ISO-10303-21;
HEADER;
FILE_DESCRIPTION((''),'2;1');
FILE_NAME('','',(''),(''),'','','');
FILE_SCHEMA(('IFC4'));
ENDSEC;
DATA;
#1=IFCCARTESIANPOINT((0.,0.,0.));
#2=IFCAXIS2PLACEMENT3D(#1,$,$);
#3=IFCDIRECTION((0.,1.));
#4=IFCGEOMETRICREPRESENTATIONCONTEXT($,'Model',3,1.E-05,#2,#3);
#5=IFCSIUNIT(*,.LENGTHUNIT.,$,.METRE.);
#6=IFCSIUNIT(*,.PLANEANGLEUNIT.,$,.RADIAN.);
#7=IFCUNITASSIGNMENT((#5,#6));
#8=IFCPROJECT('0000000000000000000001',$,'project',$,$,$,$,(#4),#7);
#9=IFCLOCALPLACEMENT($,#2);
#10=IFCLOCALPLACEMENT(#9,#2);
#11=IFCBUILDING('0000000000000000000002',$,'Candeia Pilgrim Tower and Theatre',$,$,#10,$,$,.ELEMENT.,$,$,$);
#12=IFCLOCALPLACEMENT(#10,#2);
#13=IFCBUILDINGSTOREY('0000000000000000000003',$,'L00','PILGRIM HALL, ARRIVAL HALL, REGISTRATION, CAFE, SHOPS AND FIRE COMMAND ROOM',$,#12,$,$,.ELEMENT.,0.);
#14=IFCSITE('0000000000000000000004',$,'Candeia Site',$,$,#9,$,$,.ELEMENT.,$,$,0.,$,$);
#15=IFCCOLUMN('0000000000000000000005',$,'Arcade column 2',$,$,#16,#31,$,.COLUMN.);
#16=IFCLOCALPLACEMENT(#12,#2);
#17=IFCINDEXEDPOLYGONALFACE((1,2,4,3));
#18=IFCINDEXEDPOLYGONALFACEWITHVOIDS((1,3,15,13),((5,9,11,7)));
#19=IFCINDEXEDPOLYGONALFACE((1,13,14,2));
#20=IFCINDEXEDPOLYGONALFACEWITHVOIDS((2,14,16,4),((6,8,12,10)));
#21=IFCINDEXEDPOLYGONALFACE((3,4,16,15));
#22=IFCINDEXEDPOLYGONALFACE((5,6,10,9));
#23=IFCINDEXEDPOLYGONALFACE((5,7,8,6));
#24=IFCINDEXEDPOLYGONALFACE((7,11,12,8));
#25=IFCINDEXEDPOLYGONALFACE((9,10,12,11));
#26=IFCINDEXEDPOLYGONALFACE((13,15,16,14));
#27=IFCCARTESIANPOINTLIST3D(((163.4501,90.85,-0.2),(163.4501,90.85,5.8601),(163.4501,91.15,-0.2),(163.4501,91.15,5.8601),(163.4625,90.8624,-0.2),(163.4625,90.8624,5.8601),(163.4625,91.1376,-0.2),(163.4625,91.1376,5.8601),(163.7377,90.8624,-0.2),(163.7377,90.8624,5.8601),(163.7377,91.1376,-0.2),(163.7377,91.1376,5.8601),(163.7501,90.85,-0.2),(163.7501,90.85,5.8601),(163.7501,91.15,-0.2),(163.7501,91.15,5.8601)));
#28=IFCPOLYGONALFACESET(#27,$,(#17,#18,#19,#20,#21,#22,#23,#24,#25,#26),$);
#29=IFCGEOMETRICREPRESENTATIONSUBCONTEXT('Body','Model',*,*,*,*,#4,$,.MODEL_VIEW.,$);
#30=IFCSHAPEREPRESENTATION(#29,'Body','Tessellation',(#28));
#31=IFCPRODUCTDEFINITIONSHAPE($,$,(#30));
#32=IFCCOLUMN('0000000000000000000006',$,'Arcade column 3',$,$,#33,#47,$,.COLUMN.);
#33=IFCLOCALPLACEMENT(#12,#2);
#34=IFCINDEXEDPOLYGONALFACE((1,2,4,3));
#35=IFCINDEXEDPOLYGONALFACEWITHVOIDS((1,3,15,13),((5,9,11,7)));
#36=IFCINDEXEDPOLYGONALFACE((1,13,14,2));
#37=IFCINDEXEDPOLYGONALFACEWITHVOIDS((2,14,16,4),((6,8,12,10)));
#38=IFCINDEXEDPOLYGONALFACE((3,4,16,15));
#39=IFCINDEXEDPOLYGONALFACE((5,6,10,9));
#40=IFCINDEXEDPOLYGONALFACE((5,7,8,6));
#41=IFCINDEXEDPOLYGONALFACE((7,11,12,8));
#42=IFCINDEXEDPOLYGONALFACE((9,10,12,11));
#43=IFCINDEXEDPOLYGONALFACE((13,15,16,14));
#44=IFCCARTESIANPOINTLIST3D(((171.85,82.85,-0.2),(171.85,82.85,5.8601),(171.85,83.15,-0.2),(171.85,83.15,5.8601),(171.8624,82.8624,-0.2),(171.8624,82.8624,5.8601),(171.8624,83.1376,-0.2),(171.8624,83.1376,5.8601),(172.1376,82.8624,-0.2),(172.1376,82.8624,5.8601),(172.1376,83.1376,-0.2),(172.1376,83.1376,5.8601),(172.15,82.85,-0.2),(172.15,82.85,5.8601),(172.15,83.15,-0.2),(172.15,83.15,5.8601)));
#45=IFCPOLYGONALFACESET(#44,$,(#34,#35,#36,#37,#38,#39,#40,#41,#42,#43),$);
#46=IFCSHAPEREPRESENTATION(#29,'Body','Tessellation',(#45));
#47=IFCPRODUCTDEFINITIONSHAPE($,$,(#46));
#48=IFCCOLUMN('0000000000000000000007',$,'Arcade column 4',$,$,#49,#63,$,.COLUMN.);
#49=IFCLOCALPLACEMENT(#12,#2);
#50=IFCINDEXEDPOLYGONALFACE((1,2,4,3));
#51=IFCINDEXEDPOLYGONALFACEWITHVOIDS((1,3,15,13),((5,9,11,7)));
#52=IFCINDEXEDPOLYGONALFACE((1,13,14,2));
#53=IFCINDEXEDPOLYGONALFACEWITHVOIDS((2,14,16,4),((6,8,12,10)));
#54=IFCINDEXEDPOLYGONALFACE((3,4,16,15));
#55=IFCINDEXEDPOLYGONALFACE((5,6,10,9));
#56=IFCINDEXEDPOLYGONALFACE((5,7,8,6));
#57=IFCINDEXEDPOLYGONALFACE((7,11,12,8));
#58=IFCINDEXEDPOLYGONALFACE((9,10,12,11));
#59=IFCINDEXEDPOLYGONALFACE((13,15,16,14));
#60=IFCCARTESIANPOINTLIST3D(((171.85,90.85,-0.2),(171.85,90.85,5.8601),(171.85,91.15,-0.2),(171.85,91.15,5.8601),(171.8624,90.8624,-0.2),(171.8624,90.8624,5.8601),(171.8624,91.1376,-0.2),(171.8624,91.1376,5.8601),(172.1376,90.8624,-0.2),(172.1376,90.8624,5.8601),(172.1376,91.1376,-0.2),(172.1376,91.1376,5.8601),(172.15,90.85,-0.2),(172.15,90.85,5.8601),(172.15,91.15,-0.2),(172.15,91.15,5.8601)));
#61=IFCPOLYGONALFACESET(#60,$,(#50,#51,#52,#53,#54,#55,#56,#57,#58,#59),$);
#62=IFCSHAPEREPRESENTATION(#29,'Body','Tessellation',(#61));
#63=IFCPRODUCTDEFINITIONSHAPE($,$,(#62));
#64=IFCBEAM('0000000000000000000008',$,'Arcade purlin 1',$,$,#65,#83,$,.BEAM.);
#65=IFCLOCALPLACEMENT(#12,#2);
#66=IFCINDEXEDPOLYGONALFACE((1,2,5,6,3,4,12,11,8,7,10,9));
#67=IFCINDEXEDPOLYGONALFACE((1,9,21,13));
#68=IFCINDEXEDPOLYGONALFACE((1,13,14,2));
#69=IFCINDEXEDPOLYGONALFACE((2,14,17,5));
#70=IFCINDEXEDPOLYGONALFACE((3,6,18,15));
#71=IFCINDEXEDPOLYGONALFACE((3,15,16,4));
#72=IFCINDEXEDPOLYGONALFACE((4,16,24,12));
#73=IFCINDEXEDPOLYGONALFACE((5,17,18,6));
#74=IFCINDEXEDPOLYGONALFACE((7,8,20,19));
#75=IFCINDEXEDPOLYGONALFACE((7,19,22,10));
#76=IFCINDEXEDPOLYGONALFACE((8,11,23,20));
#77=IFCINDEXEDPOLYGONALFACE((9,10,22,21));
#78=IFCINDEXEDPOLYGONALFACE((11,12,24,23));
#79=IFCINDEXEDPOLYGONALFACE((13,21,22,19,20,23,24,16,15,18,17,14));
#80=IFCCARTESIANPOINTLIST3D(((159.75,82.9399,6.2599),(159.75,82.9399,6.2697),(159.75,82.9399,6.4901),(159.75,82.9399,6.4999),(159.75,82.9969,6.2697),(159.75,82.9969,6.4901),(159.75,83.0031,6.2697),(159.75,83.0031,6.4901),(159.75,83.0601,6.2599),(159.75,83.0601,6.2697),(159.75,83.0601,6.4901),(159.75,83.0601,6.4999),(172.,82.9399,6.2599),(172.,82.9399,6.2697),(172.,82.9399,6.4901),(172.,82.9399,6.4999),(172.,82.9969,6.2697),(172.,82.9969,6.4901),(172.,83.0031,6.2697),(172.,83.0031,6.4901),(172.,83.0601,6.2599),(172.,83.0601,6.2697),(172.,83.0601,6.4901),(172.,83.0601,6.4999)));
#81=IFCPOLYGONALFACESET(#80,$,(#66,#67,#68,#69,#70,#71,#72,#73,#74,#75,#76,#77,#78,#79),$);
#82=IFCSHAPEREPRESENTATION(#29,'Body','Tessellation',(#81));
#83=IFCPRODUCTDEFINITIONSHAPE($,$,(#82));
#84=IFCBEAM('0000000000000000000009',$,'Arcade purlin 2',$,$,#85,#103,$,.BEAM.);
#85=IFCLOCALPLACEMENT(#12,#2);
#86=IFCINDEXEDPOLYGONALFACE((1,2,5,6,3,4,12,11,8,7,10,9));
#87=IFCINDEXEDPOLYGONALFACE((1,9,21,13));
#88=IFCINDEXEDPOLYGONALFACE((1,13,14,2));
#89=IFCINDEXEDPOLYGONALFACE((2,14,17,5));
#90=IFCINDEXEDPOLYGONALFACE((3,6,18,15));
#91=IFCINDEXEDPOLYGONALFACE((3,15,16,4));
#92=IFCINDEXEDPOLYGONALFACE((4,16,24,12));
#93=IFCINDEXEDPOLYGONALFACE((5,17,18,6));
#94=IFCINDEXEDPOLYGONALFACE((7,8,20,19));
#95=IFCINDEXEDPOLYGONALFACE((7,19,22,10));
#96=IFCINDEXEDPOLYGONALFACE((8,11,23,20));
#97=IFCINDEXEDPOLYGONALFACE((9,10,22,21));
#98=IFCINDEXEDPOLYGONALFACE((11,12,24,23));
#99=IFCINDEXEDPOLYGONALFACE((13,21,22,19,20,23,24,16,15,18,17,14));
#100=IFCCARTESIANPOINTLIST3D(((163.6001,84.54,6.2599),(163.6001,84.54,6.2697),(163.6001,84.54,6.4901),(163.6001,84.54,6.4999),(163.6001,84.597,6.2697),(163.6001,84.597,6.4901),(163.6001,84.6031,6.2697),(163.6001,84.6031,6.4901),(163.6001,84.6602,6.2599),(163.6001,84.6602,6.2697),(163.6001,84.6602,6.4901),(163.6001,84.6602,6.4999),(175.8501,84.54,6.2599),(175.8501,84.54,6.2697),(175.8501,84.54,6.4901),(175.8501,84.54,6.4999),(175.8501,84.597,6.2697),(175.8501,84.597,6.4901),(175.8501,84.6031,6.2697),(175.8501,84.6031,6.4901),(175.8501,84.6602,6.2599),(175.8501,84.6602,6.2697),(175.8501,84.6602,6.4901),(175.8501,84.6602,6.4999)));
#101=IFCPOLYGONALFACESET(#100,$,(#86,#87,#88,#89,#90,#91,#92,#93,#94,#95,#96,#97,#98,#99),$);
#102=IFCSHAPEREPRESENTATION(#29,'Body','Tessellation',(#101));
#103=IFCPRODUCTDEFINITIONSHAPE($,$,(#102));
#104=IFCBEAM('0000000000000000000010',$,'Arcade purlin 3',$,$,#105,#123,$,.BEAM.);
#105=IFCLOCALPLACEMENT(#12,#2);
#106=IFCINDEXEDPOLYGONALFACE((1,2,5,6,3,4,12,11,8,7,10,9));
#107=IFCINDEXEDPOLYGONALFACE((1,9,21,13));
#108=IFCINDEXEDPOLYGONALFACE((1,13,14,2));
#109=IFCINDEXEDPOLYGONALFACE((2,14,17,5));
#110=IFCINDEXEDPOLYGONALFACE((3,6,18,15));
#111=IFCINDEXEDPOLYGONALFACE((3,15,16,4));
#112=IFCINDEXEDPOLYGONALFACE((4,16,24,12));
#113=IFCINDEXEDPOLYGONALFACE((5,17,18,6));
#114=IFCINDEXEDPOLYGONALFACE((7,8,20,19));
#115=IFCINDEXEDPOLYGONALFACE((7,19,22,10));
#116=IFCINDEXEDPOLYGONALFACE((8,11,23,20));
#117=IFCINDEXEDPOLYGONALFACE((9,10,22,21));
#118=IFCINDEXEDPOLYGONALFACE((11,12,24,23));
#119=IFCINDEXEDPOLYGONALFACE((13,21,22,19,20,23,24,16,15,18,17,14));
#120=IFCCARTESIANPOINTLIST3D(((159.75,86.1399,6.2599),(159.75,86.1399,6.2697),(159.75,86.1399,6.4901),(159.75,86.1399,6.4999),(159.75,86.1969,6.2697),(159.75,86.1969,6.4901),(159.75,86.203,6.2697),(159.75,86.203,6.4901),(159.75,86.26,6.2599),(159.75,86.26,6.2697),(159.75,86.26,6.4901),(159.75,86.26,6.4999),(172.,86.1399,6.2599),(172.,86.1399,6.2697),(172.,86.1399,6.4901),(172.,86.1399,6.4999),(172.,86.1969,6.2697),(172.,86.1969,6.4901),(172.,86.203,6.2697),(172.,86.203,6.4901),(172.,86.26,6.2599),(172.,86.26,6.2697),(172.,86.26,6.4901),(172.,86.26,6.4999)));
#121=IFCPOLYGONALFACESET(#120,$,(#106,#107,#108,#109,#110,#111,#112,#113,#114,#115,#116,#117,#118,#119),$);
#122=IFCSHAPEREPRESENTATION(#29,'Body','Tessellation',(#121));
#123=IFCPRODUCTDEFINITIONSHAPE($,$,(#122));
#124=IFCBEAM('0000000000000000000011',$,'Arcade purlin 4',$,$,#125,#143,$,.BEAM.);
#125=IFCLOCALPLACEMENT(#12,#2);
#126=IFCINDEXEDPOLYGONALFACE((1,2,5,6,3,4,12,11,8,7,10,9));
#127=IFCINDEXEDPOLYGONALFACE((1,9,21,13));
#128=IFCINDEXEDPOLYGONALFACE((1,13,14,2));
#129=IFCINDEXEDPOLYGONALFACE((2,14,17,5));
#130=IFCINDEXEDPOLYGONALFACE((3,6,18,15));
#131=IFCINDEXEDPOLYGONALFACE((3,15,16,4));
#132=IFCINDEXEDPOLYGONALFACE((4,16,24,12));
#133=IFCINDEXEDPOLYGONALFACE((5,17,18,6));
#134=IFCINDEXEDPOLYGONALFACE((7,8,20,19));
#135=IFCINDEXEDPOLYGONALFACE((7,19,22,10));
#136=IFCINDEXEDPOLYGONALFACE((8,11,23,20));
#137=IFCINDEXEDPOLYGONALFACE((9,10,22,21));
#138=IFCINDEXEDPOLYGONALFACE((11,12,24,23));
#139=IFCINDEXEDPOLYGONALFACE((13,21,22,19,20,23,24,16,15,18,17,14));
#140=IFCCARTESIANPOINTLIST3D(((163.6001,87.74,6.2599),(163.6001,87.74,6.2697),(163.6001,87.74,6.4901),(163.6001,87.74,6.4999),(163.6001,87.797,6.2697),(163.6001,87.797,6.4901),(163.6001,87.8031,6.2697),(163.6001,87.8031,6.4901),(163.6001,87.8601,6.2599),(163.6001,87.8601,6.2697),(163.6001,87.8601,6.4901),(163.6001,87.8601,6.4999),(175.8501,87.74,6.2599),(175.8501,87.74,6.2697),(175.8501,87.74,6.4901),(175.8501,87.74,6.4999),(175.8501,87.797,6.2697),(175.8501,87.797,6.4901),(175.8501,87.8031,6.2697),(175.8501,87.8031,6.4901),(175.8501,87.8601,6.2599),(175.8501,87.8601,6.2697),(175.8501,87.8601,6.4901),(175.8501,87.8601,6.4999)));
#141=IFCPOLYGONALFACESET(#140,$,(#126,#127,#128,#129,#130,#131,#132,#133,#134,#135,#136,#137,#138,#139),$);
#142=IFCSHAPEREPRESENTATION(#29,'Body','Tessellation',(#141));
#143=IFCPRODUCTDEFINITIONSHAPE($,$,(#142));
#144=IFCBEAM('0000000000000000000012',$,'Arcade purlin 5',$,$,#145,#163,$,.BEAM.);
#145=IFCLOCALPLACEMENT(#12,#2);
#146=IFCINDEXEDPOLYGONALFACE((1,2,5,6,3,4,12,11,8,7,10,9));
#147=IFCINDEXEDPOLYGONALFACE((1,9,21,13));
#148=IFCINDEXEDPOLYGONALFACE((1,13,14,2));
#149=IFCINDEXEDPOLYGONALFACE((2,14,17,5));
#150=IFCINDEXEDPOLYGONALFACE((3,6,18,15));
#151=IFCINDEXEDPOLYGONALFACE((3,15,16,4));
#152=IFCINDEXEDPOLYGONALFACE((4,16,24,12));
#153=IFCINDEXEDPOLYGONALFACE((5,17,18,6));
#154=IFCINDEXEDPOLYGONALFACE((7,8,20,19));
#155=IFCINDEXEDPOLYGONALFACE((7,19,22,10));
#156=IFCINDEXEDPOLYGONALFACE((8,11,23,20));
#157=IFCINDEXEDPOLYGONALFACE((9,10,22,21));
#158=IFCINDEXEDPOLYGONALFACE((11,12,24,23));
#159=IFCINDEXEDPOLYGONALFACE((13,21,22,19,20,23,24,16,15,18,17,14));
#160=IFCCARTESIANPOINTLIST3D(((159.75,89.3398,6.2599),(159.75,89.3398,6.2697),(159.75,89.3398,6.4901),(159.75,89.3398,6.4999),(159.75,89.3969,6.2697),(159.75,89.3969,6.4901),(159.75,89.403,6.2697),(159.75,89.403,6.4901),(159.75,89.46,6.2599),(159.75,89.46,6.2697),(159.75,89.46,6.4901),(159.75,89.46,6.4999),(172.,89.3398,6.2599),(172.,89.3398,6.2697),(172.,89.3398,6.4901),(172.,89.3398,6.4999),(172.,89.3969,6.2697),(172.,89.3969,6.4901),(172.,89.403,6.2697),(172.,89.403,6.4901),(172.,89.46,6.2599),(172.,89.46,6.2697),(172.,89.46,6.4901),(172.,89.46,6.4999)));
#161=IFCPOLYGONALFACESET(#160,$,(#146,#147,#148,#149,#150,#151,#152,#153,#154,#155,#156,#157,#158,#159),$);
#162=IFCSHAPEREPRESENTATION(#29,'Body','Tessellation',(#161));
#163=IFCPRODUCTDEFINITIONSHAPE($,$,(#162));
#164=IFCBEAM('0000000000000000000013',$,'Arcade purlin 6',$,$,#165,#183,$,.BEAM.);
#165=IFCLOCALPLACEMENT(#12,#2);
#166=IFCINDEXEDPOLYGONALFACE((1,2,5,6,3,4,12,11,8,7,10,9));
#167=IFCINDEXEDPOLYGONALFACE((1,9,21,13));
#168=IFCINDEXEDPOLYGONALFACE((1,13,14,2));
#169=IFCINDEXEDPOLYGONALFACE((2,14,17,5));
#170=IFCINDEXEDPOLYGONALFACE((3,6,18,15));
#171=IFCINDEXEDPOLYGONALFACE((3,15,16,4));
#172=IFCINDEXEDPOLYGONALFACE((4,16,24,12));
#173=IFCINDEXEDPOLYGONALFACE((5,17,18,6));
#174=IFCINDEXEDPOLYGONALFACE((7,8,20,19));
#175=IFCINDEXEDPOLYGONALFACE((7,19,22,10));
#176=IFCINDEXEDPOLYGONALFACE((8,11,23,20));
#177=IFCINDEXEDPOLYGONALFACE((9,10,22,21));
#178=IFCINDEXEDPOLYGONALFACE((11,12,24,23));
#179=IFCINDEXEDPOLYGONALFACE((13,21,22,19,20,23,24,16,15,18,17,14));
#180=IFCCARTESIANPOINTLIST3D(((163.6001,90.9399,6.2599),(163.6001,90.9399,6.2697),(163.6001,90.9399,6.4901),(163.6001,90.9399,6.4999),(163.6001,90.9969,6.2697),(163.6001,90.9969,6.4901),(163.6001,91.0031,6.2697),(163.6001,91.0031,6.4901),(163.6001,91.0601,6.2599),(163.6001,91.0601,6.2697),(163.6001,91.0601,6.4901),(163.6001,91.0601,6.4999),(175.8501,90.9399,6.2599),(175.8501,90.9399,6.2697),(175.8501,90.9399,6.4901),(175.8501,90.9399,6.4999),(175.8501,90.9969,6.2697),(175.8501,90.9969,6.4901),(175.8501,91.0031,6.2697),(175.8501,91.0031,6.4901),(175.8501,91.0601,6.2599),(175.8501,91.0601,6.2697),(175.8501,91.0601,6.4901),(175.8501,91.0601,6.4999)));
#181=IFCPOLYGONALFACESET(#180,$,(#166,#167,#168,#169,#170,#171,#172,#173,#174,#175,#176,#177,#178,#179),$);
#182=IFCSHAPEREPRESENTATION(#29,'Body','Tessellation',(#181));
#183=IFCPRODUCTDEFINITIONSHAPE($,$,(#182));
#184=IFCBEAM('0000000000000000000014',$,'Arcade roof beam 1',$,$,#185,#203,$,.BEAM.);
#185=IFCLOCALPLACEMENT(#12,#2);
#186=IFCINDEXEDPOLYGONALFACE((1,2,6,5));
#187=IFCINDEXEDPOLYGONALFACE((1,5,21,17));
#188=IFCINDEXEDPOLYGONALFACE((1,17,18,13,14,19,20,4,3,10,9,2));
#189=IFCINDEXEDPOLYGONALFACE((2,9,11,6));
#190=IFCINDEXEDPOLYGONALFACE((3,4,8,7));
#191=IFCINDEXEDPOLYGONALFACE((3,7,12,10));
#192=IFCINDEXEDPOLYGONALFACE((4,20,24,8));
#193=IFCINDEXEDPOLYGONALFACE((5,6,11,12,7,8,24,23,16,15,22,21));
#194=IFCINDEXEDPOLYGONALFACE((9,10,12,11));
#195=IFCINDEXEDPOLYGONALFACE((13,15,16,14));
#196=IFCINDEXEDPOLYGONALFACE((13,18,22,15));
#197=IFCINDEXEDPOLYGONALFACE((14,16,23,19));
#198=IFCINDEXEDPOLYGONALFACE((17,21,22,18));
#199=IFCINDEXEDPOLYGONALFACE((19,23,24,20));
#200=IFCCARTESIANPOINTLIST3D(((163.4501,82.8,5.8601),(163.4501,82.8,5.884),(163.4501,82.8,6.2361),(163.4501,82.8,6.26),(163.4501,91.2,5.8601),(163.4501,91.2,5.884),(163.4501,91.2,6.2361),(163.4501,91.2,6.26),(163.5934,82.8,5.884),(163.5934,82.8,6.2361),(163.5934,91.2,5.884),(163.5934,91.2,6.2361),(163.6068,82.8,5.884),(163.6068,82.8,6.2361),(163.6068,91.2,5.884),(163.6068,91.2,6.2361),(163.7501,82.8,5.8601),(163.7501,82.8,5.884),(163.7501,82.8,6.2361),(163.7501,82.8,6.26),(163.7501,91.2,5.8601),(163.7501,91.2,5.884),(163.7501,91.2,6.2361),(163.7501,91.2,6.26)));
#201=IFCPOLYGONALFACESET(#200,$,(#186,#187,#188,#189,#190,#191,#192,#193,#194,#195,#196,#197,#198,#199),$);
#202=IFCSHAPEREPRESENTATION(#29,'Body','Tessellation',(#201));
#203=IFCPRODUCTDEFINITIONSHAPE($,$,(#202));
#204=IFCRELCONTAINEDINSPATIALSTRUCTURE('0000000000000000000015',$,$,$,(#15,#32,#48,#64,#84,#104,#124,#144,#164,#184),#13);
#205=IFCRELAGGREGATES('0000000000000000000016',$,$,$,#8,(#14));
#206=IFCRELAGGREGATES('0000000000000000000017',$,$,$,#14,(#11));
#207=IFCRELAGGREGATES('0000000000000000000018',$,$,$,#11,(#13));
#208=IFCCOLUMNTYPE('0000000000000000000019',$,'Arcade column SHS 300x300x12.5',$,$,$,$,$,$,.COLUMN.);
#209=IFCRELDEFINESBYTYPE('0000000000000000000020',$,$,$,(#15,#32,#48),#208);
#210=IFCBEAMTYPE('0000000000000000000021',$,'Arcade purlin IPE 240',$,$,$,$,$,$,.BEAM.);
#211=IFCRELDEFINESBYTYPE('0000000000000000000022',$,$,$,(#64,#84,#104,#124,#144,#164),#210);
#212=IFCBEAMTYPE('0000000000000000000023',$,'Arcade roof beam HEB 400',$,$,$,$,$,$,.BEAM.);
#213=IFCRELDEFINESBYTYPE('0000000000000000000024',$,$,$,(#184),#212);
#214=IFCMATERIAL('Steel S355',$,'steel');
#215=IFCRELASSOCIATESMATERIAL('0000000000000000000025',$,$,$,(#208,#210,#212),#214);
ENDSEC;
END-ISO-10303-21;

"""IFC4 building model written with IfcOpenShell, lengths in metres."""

from ifc_helpers import new_model, si_unit, direction, frame, origin, origin_2d, place, context, subcontext, project, spatial, hollow_rectangle, i_section, extrude, material, material_profile, profile_set, type_object, element, save


model = new_model("IFC4")

# Units and contexts
model_context = context("Model", 3, precision=1e-05, world=origin(), true_north=direction((0.0, 1.0)))
body_context = subcontext(model_context, "Body", "Model", "MODEL_VIEW")
ifc_project = project(units=[si_unit("LENGTHUNIT", "METRE"), si_unit("PLANEANGLEUNIT", "RADIAN")], contexts=[model_context])

# Site, building, storey
site_placement = place(None, origin())
site = spatial("IfcSite", under=ifc_project, at=site_placement, Name="Candeia Site", CompositionType="ELEMENT", RefElevation=0.0)
building_placement = place(site_placement, origin())
building = spatial("IfcBuilding", under=site, at=building_placement, Name="Candeia Pilgrim Tower and Theatre", CompositionType="ELEMENT")
storey_placement = place(building_placement, origin())
storey = spatial("IfcBuildingStorey", under=building, at=storey_placement, Name="L00", Description="PILGRIM HALL, ARRIVAL HALL, REGISTRATION, CAFE, SHOPS AND FIRE COMMAND ROOM", CompositionType="ELEMENT", Elevation=0.0)

# Columns
ifc_material_1 = material(Name="Steel S355", Category="steel")
ifc_material_profile_1 = material_profile(ifc_material_1, hollow_rectangle(XDim=0.3, YDim=0.3, WallThickness=0.0125, at=origin_2d()))
ifc_profile_set_1 = profile_set([ifc_material_profile_1], Name="Steel S355")
column_type = type_object("IfcColumnType", Name="Arcade column SHS 300x300x12.5", PredefinedType="COLUMN", material=ifc_profile_set_1)
for number, where, z_axis, x_axis, name in (
    (1, (163.6001, 91.0, -0.2), (0.0, 0.0, 1.0), (1.0, 0.0, 0.0), "Arcade column 2"),
    (2, (172.0, 83.0, -0.2), (0.0, 0.0, 1.0), (1.0, 0.0, 0.0), "Arcade column 3"),
    (3, (172.0, 91.0, -0.2), (0.0, 0.0, 1.0), (1.0, 0.0, 0.0), "Arcade column 4"),
):
    element("IfcColumn", number, at=place(storey_placement, frame(where, z_axis=z_axis, x_axis=x_axis)), inside=storey, type_object=column_type, Name=name, PredefinedType="COLUMN", context=body_context, shape_type="SweptSolid", body=[
        extrude(hollow_rectangle(XDim=0.3, YDim=0.3, WallThickness=0.0125, at=origin_2d()), origin(), (0.0, 0.0, 1.0), 6.0601),
    ])

# Beams
ifc_material_profile_2 = material_profile(ifc_material_1, i_section(OverallWidth=0.1201, OverallDepth=0.24, WebThickness=0.0061, FlangeThickness=0.0098, at=origin_2d()))
ifc_profile_set_2 = profile_set([ifc_material_profile_2], Name="Steel S355")
beam_type_1 = type_object("IfcBeamType", Name="Arcade purlin IPE 240", PredefinedType="BEAM", material=ifc_profile_set_2)
for number, where, z_axis, x_axis, name in (
    (4, (159.75, 83.0, 6.3799), (1.0, 0.0, 0.0), (0.0, 1.0, 0.0), "Arcade purlin 1"),
    (5, (163.6001, 84.6001, 6.3799), (1.0, 0.0, 0.0), (0.0, 1.0, 0.0), "Arcade purlin 2"),
    (6, (159.75, 86.2, 6.3799), (1.0, 0.0, 0.0), (0.0, 1.0, 0.0), "Arcade purlin 3"),
    (7, (163.6001, 87.8, 6.3799), (1.0, 0.0, 0.0), (0.0, 1.0, 0.0), "Arcade purlin 4"),
    (8, (159.75, 89.3999, 6.3799), (1.0, 0.0, 0.0), (0.0, 1.0, 0.0), "Arcade purlin 5"),
    (9, (163.6001, 91.0, 6.3799), (1.0, 0.0, 0.0), (0.0, 1.0, 0.0), "Arcade purlin 6"),
):
    element("IfcBeam", number, at=place(storey_placement, frame(where, z_axis=z_axis, x_axis=x_axis)), inside=storey, type_object=beam_type_1, Name=name, PredefinedType="BEAM", context=body_context, shape_type="SweptSolid", body=[
        extrude(i_section(OverallWidth=0.1201, OverallDepth=0.24, WebThickness=0.0061, FlangeThickness=0.0098, at=origin_2d()), origin(), (0.0, 0.0, 1.0), 12.25),
    ])
ifc_material_profile_3 = material_profile(ifc_material_1, i_section(OverallWidth=0.3, OverallDepth=0.3999, WebThickness=0.0134, FlangeThickness=0.0239, at=origin_2d()))
ifc_profile_set_3 = profile_set([ifc_material_profile_3], Name="Steel S355")
beam_type_2 = type_object("IfcBeamType", Name="Arcade roof beam HEB 400", PredefinedType="BEAM", material=ifc_profile_set_3)
for number, where, z_axis, x_axis, name in (
    (10, (163.6001, 82.8, 6.0601), (0.0, 1.0, 0.0), (-1.0, 0.0, 0.0), "Arcade roof beam 1"),
):
    element("IfcBeam", number, at=place(storey_placement, frame(where, z_axis=z_axis, x_axis=x_axis)), inside=storey, type_object=beam_type_2, Name=name, PredefinedType="BEAM", context=body_context, shape_type="SweptSolid", body=[
        extrude(i_section(OverallWidth=0.3, OverallDepth=0.3999, WebThickness=0.0134, FlangeThickness=0.0239, at=origin_2d()), origin(), (0.0, 0.0, 1.0), 8.3999),
    ])

save(model, "model.ifc")
